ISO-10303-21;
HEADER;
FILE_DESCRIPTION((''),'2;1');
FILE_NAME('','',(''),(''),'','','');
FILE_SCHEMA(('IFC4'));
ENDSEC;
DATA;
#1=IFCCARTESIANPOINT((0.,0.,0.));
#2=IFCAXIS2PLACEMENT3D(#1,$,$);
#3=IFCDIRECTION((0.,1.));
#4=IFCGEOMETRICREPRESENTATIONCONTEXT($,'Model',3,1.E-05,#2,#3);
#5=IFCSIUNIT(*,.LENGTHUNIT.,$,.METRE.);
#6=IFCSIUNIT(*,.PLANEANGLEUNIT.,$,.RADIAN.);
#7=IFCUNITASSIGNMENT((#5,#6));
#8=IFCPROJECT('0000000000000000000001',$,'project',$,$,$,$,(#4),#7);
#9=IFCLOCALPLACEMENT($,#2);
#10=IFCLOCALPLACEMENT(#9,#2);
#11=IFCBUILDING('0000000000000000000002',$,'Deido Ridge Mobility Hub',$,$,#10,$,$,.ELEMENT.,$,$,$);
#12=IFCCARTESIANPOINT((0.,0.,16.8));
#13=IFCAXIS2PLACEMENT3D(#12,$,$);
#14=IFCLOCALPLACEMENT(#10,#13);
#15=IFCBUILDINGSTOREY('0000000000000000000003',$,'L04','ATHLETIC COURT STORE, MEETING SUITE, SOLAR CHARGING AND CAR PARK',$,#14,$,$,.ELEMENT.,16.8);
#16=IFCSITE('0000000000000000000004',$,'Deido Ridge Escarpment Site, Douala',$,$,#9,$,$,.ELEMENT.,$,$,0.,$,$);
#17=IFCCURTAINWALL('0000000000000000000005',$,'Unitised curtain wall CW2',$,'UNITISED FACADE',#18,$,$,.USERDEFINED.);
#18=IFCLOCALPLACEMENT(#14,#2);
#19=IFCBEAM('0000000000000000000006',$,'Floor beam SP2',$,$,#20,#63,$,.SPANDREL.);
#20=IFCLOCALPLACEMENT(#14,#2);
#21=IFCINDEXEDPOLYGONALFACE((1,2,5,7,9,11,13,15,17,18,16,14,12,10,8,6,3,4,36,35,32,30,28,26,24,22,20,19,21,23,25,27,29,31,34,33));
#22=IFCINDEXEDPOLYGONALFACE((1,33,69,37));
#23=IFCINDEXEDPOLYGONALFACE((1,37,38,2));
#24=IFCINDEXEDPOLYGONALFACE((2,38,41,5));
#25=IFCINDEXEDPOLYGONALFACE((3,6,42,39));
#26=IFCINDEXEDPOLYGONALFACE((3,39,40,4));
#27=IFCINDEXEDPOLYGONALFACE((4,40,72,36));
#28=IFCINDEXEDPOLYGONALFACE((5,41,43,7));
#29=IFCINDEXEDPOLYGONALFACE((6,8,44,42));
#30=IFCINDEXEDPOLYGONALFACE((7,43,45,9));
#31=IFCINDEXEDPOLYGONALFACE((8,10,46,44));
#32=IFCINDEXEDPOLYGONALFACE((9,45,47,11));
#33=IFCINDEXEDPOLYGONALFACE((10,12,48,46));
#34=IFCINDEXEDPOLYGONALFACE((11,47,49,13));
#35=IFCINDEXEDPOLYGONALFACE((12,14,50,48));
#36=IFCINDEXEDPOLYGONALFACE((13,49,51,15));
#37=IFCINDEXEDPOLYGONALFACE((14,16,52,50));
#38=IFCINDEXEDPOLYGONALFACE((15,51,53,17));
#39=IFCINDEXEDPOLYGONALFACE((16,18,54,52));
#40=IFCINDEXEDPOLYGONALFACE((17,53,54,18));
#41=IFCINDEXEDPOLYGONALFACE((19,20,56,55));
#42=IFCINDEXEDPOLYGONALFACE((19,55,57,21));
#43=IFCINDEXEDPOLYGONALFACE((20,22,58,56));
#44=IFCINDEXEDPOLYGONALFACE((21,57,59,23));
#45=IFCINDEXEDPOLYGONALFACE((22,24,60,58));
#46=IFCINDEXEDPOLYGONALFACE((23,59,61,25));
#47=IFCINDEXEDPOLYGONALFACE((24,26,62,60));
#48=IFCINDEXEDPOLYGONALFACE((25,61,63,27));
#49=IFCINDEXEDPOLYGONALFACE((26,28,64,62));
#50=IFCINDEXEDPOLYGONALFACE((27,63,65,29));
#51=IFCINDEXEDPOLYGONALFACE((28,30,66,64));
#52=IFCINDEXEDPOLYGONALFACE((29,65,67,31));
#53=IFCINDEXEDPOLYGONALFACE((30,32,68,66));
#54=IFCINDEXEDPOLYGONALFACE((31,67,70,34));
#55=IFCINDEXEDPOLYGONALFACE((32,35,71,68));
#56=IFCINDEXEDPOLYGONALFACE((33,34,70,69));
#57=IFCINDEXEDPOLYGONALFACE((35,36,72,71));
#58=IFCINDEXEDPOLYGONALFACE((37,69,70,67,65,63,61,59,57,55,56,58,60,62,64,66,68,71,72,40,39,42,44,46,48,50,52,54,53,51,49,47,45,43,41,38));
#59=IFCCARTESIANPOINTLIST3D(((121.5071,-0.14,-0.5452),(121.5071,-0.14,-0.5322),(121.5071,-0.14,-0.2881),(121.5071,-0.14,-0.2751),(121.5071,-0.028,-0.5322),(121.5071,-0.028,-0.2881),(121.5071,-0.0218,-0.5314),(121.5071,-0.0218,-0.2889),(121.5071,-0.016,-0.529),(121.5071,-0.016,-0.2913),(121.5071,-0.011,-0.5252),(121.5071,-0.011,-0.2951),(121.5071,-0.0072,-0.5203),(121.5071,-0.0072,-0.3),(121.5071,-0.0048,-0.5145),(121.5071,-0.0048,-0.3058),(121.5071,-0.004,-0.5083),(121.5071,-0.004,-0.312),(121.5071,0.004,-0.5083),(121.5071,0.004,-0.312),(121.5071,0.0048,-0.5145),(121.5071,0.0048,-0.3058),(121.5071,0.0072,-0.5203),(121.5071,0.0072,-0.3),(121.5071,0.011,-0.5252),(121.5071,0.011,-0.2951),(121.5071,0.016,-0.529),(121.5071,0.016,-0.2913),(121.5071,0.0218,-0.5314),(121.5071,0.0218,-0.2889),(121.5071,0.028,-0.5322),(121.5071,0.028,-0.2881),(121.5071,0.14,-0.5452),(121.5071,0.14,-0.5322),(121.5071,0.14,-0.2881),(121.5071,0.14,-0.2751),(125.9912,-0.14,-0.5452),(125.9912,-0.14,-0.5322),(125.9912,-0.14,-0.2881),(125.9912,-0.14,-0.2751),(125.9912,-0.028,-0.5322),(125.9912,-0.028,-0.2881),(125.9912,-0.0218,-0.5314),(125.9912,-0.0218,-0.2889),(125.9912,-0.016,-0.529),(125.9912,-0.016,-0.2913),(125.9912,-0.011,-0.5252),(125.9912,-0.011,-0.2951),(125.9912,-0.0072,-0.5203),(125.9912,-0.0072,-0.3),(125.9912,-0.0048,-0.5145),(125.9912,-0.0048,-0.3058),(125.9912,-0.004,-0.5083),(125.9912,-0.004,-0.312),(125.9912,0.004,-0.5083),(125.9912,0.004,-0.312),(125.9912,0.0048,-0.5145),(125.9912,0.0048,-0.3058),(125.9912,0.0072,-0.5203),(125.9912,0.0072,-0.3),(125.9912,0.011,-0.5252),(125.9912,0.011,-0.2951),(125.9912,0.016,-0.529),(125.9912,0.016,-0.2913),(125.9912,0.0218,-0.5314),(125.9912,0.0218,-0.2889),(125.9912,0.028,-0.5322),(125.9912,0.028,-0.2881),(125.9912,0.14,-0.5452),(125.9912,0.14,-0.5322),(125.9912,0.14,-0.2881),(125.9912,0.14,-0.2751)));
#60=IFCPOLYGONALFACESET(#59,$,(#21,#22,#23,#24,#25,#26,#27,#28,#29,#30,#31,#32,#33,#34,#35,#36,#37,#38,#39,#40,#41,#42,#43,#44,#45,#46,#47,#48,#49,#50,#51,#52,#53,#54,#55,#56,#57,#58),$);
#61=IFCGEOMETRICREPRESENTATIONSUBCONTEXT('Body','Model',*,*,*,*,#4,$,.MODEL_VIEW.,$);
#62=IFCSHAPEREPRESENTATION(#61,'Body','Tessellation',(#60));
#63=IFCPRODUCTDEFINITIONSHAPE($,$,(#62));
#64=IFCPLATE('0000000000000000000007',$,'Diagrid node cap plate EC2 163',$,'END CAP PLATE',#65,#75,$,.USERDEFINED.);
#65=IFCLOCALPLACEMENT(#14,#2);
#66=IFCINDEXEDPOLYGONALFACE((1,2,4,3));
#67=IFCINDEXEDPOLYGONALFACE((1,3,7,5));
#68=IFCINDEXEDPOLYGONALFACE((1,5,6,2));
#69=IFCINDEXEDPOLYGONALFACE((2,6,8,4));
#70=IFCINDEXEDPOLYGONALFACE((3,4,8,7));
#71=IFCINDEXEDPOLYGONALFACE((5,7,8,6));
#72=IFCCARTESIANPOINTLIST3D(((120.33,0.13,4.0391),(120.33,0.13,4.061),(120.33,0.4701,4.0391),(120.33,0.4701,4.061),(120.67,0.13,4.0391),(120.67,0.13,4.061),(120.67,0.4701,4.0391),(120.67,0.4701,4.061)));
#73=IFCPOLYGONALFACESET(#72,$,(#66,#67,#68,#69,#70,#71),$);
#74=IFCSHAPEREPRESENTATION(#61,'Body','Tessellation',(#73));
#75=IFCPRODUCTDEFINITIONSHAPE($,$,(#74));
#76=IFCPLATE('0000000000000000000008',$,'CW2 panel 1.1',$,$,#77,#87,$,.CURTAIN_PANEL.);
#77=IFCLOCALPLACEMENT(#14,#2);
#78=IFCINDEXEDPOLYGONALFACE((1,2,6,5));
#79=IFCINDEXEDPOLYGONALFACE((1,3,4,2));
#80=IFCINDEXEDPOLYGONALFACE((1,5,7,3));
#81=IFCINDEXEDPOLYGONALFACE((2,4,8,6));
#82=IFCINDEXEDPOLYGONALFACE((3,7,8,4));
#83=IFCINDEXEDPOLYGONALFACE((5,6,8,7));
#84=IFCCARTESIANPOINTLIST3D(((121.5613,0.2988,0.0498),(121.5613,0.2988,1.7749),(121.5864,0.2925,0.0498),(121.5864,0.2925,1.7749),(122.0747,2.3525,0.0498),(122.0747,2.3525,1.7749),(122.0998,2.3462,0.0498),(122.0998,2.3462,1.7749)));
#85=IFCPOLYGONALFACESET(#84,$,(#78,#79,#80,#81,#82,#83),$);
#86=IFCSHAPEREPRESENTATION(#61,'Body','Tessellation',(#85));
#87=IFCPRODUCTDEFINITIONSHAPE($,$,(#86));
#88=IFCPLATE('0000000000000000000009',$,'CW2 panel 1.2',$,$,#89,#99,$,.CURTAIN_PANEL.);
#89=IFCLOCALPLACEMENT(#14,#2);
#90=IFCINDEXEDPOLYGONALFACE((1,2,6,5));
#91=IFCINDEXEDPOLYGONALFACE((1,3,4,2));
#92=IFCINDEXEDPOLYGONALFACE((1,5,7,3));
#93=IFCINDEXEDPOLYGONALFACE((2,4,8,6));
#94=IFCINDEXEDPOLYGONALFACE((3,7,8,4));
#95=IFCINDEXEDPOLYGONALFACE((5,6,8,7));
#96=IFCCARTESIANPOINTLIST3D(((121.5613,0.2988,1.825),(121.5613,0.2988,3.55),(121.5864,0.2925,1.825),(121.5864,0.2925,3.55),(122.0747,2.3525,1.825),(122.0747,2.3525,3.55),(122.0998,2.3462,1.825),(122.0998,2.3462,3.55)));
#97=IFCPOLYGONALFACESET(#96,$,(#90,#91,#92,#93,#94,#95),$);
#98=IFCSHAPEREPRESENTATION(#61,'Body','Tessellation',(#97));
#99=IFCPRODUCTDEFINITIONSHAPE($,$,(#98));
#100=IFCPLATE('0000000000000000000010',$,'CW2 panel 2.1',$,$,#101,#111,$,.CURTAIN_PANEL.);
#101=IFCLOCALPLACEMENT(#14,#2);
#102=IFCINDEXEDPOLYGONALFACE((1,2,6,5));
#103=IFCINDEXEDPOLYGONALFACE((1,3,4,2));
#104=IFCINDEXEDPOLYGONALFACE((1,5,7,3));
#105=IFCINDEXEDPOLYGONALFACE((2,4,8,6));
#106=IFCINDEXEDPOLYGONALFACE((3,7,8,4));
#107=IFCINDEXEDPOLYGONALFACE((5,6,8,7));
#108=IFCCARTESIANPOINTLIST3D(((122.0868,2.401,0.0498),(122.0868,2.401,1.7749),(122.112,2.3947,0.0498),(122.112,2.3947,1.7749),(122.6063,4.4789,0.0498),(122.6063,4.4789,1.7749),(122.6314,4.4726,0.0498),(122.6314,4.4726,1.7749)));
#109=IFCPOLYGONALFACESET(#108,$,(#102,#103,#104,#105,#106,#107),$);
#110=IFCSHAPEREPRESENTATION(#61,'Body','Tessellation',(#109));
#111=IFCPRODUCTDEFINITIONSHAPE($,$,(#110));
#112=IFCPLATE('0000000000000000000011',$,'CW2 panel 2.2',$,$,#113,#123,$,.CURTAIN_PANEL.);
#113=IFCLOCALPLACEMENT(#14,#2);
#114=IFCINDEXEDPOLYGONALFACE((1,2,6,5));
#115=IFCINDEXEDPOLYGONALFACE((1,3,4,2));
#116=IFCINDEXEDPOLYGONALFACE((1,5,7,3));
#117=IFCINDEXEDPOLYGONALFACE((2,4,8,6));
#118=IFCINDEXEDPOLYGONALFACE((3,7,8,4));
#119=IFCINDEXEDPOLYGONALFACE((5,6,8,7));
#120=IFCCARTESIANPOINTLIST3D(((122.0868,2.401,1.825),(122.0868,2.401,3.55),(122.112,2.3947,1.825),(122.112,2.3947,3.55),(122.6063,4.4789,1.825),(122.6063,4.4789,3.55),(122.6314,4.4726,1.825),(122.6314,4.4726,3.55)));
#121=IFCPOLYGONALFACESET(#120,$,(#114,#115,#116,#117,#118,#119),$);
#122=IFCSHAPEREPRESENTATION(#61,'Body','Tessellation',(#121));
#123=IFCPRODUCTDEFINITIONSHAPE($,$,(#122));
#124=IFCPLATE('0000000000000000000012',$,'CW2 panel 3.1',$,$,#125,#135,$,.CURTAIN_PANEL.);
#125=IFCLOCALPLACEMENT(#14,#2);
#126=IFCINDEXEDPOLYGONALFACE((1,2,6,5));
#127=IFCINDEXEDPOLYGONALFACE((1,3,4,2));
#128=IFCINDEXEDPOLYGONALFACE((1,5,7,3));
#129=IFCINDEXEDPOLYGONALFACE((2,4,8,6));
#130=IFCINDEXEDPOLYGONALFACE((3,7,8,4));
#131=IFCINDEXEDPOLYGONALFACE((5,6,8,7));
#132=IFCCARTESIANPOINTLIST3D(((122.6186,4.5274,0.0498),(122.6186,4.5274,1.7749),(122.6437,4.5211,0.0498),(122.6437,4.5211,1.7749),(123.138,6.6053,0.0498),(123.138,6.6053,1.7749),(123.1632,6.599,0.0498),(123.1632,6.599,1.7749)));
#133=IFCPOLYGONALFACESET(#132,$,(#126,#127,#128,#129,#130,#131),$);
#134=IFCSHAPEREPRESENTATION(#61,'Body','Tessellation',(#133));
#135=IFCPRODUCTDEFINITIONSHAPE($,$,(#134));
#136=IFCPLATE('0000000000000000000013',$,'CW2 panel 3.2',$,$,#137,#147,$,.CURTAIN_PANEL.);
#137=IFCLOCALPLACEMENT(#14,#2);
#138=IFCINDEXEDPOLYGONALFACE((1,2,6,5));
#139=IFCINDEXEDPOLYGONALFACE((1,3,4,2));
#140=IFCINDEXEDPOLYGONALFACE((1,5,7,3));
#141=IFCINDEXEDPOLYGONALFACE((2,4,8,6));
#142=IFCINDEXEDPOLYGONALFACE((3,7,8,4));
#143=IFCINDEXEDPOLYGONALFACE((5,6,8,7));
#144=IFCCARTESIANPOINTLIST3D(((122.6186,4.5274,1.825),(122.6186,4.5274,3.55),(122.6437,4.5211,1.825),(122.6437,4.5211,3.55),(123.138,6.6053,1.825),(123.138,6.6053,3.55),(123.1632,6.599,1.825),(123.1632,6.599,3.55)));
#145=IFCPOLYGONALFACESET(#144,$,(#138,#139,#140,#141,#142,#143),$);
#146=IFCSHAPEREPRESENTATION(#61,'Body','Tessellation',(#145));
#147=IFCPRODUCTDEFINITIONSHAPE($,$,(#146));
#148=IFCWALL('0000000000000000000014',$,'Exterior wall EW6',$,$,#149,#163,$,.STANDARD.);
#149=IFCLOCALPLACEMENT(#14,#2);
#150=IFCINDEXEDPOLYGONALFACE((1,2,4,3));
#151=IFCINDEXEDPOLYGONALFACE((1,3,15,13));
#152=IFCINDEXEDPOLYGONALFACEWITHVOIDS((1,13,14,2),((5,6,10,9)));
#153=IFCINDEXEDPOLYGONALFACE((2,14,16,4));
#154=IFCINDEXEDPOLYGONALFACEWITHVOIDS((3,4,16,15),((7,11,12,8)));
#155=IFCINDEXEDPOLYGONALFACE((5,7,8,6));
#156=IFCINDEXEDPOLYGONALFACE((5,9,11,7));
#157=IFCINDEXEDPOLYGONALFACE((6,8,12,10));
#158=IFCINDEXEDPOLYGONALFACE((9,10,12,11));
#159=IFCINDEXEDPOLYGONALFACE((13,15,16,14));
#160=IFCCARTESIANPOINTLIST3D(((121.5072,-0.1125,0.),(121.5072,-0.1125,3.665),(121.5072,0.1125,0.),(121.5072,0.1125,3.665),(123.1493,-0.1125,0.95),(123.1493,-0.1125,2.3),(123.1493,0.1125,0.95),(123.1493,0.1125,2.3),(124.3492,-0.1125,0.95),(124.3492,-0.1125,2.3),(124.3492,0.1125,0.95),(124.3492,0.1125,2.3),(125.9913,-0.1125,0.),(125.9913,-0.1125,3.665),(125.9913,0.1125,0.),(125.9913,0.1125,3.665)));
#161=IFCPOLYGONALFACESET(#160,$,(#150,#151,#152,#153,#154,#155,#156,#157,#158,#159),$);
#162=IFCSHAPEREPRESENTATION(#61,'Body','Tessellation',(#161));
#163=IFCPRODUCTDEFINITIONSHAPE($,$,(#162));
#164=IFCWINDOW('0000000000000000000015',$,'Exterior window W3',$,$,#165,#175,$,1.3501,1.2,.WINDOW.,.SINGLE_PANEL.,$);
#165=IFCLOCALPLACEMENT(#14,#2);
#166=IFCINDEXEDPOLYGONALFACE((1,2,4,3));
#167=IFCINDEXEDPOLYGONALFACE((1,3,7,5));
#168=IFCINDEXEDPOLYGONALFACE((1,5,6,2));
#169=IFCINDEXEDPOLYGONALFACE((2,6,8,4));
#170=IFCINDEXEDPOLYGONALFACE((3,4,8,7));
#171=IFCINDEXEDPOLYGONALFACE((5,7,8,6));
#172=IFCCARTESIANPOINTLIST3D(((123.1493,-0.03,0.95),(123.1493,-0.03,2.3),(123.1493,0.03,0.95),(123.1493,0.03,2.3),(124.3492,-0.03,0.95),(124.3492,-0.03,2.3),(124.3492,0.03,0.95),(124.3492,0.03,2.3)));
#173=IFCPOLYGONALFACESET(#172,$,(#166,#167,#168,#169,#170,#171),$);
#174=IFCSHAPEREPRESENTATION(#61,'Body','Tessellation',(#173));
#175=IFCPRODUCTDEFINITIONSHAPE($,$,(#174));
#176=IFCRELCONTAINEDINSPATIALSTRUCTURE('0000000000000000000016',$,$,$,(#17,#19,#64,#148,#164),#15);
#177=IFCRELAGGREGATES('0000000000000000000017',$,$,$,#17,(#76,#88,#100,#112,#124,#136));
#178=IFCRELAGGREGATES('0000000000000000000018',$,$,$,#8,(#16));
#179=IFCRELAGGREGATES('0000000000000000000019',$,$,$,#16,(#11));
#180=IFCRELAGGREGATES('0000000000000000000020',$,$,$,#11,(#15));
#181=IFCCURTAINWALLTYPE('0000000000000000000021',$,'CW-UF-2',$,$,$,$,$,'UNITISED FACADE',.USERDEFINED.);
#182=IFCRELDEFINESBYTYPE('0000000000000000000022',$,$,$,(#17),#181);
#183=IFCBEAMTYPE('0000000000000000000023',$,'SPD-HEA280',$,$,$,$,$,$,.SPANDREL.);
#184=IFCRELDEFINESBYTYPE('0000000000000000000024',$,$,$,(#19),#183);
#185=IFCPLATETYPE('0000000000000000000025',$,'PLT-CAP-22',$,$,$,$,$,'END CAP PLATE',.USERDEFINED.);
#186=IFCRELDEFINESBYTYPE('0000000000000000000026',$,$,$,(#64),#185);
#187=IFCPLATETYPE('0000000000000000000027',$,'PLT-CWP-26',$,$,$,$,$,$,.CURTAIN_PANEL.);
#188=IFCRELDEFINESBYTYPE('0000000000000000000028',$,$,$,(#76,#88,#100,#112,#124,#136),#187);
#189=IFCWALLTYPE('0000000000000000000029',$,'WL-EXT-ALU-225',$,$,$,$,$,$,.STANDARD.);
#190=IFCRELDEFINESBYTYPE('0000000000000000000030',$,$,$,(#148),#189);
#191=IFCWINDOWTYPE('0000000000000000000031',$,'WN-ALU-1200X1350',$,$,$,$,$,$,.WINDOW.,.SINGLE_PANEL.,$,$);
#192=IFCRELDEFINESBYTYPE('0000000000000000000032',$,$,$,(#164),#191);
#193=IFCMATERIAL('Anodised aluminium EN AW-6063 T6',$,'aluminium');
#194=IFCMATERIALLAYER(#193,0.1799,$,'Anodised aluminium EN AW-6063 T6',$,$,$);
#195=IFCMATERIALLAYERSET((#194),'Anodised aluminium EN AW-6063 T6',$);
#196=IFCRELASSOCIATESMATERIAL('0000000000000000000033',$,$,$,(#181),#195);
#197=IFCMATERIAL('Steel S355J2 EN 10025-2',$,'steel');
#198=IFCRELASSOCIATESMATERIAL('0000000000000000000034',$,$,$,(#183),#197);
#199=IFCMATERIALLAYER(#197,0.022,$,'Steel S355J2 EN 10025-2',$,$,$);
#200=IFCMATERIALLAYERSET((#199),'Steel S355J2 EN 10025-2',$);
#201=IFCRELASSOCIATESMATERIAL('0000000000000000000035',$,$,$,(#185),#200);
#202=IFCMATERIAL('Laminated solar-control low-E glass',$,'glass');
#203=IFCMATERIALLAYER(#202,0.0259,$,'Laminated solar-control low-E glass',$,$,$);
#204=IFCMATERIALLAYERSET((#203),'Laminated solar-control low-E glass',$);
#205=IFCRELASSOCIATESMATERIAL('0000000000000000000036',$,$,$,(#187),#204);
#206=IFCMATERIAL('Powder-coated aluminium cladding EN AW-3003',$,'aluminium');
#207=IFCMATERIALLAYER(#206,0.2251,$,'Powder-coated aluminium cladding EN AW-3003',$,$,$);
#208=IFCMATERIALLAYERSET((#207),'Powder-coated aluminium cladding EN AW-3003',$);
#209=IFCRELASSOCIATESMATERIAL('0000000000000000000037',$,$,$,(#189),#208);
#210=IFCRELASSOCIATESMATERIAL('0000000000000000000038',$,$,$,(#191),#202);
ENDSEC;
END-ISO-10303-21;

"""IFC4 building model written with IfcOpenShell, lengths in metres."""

from ifc_helpers import new_model, si_unit, direction, frame, frame_2d, origin, origin_2d, place, context, subcontext, project, spatial, rectangle, i_section, extrude, material, layer, layer_set, material_profile, profile_set, type_object, element, fill, aggregate, save


model = new_model("IFC4")

# Units and contexts
model_context = context("Model", 3, precision=1e-05, world=origin(), true_north=direction((0.0, 1.0)))
body_context = subcontext(model_context, "Body", "Model", "MODEL_VIEW")
ifc_project = project(units=[si_unit("LENGTHUNIT", "METRE"), si_unit("PLANEANGLEUNIT", "RADIAN")], contexts=[model_context])

# Site, building, storey
site_placement = place(None, origin())
site = spatial("IfcSite", under=ifc_project, at=site_placement, Name="Deido Ridge Escarpment Site, Douala", CompositionType="ELEMENT", RefElevation=0.0)
building_placement = place(site_placement, origin())
building = spatial("IfcBuilding", under=site, at=building_placement, Name="Deido Ridge Mobility Hub", CompositionType="ELEMENT")
storey_placement = place(building_placement, frame((0.0, 0.0, 16.8)))
storey = spatial("IfcBuildingStorey", under=building, at=storey_placement, Name="L04", Description="ATHLETIC COURT STORE, MEETING SUITE, SOLAR CHARGING AND CAR PARK", CompositionType="ELEMENT", Elevation=16.8)

# Shared definitions
ifc_material_1 = material(Name="Steel S355J2 EN 10025-2", Category="steel")

# Curtain wall
ifc_material_2 = material(Name="Anodised aluminium EN AW-6063 T6", Category="aluminium")
ifc_layer_1 = layer(ifc_material_2, 0.1799, Name="Anodised aluminium EN AW-6063 T6")
ifc_layer_set_1 = layer_set([ifc_layer_1], Name="Anodised aluminium EN AW-6063 T6")
curtain_wall_type = type_object("IfcCurtainWallType", Name="CW-UF-2", ElementType="UNITISED FACADE", PredefinedType="USERDEFINED", material=ifc_layer_set_1)
curtain_wall_placement = place(storey_placement, origin())
curtain_wall = element("IfcCurtainWall", 1, at=curtain_wall_placement, inside=storey, type_object=curtain_wall_type, Name="Unitised curtain wall CW2", ObjectType="UNITISED FACADE", PredefinedType="USERDEFINED")

# Beam
ifc_material_profile_1 = material_profile(ifc_material_1, i_section(OverallWidth=0.28, OverallDepth=0.27, WebThickness=0.0081, FlangeThickness=0.0129, FilletRadius=0.0239, at=origin_2d()), Name="HEA 280")
ifc_profile_set_1 = profile_set([ifc_material_profile_1], Name="Steel S355J2 EN 10025-2")
beam_type = type_object("IfcBeamType", Name="SPD-HEA280", PredefinedType="SPANDREL", material=ifc_profile_set_1)
beam_placement = place(storey_placement, frame((121.5071, 0.0, -0.4102), z_axis=(1.0, 0.0, 0.0), x_axis=(0.0, 1.0, 0.0)))
element("IfcBeam", 2, at=beam_placement, inside=storey, type_object=beam_type, Name="Floor beam SP2", PredefinedType="SPANDREL", context=body_context, shape_type="SweptSolid", body=[
    extrude(i_section(OverallWidth=0.28, OverallDepth=0.27, WebThickness=0.0081, FlangeThickness=0.0129, FilletRadius=0.0239, at=origin_2d()), origin(), (0.0, 0.0, 1.0), 4.4841),
])

# Plates
ifc_layer_2 = layer(ifc_material_1, 0.022, Name="Steel S355J2 EN 10025-2")
ifc_layer_set_2 = layer_set([ifc_layer_2], Name="Steel S355J2 EN 10025-2")
plate_type_1 = type_object("IfcPlateType", Name="PLT-CAP-22", ElementType="END CAP PLATE", PredefinedType="USERDEFINED", material=ifc_layer_set_2)
plate_1_placement = place(storey_placement, frame((120.5, 0.3, 4.0391), z_axis=(0.0, 0.0, 1.0), x_axis=(1.0, 0.0, 0.0)))
element("IfcPlate", 3, at=plate_1_placement, inside=storey, type_object=plate_type_1, Name="Diagrid node cap plate EC2 163", ObjectType="END CAP PLATE", PredefinedType="USERDEFINED", context=body_context, shape_type="SweptSolid", body=[
    extrude(rectangle(XDim=0.3401, YDim=0.3401, at=origin_2d()), origin(), (0.0, 0.0, 1.0), 0.022),
])
ifc_material_3 = material(Name="Laminated solar-control low-E glass", Category="glass")
ifc_layer_3 = layer(ifc_material_3, 0.0259, Name="Laminated solar-control low-E glass")
ifc_layer_set_3 = layer_set([ifc_layer_3], Name="Laminated solar-control low-E glass")
plate_type_2 = type_object("IfcPlateType", Name="PLT-CWP-26", PredefinedType="CURTAIN_PANEL", material=ifc_layer_set_3)
plate_2_placement = place(storey_placement, frame((121.8306, 1.3225, 0.0498), z_axis=(0.0, 0.0, 1.0), x_axis=(0.24253, 0.970144, 0.0)))
plate_2 = element("IfcPlate", 4, at=plate_2_placement, type_object=plate_type_2, Name="CW2 panel 1.1", PredefinedType="CURTAIN_PANEL", context=body_context, shape_type="SweptSolid", body=[
    extrude(rectangle(XDim=2.1169, YDim=0.0259, at=origin_2d()), origin(), (0.0, 0.0, 1.0), 1.7251),
])
plate_3_placement = place(storey_placement, frame((121.8306, 1.3225, 1.825), z_axis=(0.0, 0.0, 1.0), x_axis=(0.24253, 0.970144, 0.0)))
plate_3 = element("IfcPlate", 5, at=plate_3_placement, type_object=plate_type_2, Name="CW2 panel 1.2", PredefinedType="CURTAIN_PANEL", context=body_context, shape_type="SweptSolid", body=[
    extrude(rectangle(XDim=2.1169, YDim=0.0259, at=origin_2d()), origin(), (0.0, 0.0, 1.0), 1.7251),
])
plate_4_placement = place(storey_placement, frame((122.3591, 3.4368, 0.0498), z_axis=(0.0, 0.0, 1.0), x_axis=(0.24253, 0.970144, 0.0)))
plate_4 = element("IfcPlate", 6, at=plate_4_placement, type_object=plate_type_2, Name="CW2 panel 2.1", PredefinedType="CURTAIN_PANEL", context=body_context, shape_type="SweptSolid", body=[
    extrude(rectangle(XDim=2.1418, YDim=0.0259, at=origin_2d()), origin(), (0.0, 0.0, 1.0), 1.7251),
])
plate_5_placement = place(storey_placement, frame((122.3591, 3.4368, 1.825), z_axis=(0.0, 0.0, 1.0), x_axis=(0.24253, 0.970144, 0.0)))
plate_5 = element("IfcPlate", 7, at=plate_5_placement, type_object=plate_type_2, Name="CW2 panel 2.2", PredefinedType="CURTAIN_PANEL", context=body_context, shape_type="SweptSolid", body=[
    extrude(rectangle(XDim=2.1418, YDim=0.0259, at=origin_2d()), origin(), (0.0, 0.0, 1.0), 1.7251),
])
plate_6_placement = place(storey_placement, frame((122.8909, 5.5632, 0.0498), z_axis=(0.0, 0.0, 1.0), x_axis=(0.24253, 0.970144, 0.0)))
plate_6 = element("IfcPlate", 8, at=plate_6_placement, type_object=plate_type_2, Name="CW2 panel 3.1", PredefinedType="CURTAIN_PANEL", context=body_context, shape_type="SweptSolid", body=[
    extrude(rectangle(XDim=2.1418, YDim=0.0259, at=origin_2d()), origin(), (0.0, 0.0, 1.0), 1.7251),
])
plate_7_placement = place(storey_placement, frame((122.8909, 5.5632, 1.825), z_axis=(0.0, 0.0, 1.0), x_axis=(0.24253, 0.970144, 0.0)))
plate_7 = element("IfcPlate", 9, at=plate_7_placement, type_object=plate_type_2, Name="CW2 panel 3.2", PredefinedType="CURTAIN_PANEL", context=body_context, shape_type="SweptSolid", body=[
    extrude(rectangle(XDim=2.1418, YDim=0.0259, at=origin_2d()), origin(), (0.0, 0.0, 1.0), 1.7251),
])
aggregate(curtain_wall, [plate_2, plate_3, plate_4, plate_5, plate_6, plate_7])

# Wall, opening, window
ifc_material_4 = material(Name="Powder-coated aluminium cladding EN AW-3003", Category="aluminium")
ifc_layer_4 = layer(ifc_material_4, 0.2251, Name="Powder-coated aluminium cladding EN AW-3003")
ifc_layer_set_4 = layer_set([ifc_layer_4], Name="Powder-coated aluminium cladding EN AW-3003")
wall_type = type_object("IfcWallType", Name="WL-EXT-ALU-225", PredefinedType="STANDARD", material=ifc_layer_set_4)
wall_placement = place(storey_placement, frame((121.5071, 0.0, 0.0), z_axis=(0.0, 0.0, 1.0), x_axis=(1.0, 0.0, 0.0)))
wall = element("IfcWall", 10, at=wall_placement, inside=storey, type_object=wall_type, Name="Exterior wall EW6", PredefinedType="STANDARD", context=body_context, shape_type="SweptSolid", body=[
    extrude(rectangle(XDim=4.4841, YDim=0.2251, at=frame_2d((2.2422, 0.0))), origin(), (0.0, 0.0, 1.0), 3.665),
])
opening_placement = place(wall_placement, frame((1.6421, 0.0, 0.95)))
opening = element("IfcOpeningElement", 11, at=opening_placement, cuts=wall, PredefinedType="OPENING", context=body_context, shape_type="SweptSolid", body=[
    extrude(rectangle(XDim=1.2, YDim=1.3501, at=frame_2d((0.6001, 0.675))), frame((0.0, 0.1226, 0.0), z_axis=(0.0, -1.0, 0.0), x_axis=(1.0, 0.0, 0.0)), (0.0, 0.0, 1.0), 0.2451),
])
window_type = type_object("IfcWindowType", Name="WN-ALU-1200X1350", PartitioningType="SINGLE_PANEL", PredefinedType="WINDOW", material=ifc_material_3)
window_placement = place(opening_placement, origin())
window = element("IfcWindow", 12, at=window_placement, inside=storey, type_object=window_type, Name="Exterior window W3", OverallHeight=1.3501, OverallWidth=1.2, PartitioningType="SINGLE_PANEL", PredefinedType="WINDOW", context=body_context, shape_type="SweptSolid", body=[
    extrude(rectangle(XDim=1.2, YDim=1.3501, at=frame_2d((0.6001, 0.675))), frame((0.0, 0.03, 0.0), z_axis=(0.0, -1.0, 0.0), x_axis=(1.0, 0.0, 0.0)), (0.0, 0.0, 1.0), 0.0601),
])
fill(opening, window)

save(model, "model.ifc")
